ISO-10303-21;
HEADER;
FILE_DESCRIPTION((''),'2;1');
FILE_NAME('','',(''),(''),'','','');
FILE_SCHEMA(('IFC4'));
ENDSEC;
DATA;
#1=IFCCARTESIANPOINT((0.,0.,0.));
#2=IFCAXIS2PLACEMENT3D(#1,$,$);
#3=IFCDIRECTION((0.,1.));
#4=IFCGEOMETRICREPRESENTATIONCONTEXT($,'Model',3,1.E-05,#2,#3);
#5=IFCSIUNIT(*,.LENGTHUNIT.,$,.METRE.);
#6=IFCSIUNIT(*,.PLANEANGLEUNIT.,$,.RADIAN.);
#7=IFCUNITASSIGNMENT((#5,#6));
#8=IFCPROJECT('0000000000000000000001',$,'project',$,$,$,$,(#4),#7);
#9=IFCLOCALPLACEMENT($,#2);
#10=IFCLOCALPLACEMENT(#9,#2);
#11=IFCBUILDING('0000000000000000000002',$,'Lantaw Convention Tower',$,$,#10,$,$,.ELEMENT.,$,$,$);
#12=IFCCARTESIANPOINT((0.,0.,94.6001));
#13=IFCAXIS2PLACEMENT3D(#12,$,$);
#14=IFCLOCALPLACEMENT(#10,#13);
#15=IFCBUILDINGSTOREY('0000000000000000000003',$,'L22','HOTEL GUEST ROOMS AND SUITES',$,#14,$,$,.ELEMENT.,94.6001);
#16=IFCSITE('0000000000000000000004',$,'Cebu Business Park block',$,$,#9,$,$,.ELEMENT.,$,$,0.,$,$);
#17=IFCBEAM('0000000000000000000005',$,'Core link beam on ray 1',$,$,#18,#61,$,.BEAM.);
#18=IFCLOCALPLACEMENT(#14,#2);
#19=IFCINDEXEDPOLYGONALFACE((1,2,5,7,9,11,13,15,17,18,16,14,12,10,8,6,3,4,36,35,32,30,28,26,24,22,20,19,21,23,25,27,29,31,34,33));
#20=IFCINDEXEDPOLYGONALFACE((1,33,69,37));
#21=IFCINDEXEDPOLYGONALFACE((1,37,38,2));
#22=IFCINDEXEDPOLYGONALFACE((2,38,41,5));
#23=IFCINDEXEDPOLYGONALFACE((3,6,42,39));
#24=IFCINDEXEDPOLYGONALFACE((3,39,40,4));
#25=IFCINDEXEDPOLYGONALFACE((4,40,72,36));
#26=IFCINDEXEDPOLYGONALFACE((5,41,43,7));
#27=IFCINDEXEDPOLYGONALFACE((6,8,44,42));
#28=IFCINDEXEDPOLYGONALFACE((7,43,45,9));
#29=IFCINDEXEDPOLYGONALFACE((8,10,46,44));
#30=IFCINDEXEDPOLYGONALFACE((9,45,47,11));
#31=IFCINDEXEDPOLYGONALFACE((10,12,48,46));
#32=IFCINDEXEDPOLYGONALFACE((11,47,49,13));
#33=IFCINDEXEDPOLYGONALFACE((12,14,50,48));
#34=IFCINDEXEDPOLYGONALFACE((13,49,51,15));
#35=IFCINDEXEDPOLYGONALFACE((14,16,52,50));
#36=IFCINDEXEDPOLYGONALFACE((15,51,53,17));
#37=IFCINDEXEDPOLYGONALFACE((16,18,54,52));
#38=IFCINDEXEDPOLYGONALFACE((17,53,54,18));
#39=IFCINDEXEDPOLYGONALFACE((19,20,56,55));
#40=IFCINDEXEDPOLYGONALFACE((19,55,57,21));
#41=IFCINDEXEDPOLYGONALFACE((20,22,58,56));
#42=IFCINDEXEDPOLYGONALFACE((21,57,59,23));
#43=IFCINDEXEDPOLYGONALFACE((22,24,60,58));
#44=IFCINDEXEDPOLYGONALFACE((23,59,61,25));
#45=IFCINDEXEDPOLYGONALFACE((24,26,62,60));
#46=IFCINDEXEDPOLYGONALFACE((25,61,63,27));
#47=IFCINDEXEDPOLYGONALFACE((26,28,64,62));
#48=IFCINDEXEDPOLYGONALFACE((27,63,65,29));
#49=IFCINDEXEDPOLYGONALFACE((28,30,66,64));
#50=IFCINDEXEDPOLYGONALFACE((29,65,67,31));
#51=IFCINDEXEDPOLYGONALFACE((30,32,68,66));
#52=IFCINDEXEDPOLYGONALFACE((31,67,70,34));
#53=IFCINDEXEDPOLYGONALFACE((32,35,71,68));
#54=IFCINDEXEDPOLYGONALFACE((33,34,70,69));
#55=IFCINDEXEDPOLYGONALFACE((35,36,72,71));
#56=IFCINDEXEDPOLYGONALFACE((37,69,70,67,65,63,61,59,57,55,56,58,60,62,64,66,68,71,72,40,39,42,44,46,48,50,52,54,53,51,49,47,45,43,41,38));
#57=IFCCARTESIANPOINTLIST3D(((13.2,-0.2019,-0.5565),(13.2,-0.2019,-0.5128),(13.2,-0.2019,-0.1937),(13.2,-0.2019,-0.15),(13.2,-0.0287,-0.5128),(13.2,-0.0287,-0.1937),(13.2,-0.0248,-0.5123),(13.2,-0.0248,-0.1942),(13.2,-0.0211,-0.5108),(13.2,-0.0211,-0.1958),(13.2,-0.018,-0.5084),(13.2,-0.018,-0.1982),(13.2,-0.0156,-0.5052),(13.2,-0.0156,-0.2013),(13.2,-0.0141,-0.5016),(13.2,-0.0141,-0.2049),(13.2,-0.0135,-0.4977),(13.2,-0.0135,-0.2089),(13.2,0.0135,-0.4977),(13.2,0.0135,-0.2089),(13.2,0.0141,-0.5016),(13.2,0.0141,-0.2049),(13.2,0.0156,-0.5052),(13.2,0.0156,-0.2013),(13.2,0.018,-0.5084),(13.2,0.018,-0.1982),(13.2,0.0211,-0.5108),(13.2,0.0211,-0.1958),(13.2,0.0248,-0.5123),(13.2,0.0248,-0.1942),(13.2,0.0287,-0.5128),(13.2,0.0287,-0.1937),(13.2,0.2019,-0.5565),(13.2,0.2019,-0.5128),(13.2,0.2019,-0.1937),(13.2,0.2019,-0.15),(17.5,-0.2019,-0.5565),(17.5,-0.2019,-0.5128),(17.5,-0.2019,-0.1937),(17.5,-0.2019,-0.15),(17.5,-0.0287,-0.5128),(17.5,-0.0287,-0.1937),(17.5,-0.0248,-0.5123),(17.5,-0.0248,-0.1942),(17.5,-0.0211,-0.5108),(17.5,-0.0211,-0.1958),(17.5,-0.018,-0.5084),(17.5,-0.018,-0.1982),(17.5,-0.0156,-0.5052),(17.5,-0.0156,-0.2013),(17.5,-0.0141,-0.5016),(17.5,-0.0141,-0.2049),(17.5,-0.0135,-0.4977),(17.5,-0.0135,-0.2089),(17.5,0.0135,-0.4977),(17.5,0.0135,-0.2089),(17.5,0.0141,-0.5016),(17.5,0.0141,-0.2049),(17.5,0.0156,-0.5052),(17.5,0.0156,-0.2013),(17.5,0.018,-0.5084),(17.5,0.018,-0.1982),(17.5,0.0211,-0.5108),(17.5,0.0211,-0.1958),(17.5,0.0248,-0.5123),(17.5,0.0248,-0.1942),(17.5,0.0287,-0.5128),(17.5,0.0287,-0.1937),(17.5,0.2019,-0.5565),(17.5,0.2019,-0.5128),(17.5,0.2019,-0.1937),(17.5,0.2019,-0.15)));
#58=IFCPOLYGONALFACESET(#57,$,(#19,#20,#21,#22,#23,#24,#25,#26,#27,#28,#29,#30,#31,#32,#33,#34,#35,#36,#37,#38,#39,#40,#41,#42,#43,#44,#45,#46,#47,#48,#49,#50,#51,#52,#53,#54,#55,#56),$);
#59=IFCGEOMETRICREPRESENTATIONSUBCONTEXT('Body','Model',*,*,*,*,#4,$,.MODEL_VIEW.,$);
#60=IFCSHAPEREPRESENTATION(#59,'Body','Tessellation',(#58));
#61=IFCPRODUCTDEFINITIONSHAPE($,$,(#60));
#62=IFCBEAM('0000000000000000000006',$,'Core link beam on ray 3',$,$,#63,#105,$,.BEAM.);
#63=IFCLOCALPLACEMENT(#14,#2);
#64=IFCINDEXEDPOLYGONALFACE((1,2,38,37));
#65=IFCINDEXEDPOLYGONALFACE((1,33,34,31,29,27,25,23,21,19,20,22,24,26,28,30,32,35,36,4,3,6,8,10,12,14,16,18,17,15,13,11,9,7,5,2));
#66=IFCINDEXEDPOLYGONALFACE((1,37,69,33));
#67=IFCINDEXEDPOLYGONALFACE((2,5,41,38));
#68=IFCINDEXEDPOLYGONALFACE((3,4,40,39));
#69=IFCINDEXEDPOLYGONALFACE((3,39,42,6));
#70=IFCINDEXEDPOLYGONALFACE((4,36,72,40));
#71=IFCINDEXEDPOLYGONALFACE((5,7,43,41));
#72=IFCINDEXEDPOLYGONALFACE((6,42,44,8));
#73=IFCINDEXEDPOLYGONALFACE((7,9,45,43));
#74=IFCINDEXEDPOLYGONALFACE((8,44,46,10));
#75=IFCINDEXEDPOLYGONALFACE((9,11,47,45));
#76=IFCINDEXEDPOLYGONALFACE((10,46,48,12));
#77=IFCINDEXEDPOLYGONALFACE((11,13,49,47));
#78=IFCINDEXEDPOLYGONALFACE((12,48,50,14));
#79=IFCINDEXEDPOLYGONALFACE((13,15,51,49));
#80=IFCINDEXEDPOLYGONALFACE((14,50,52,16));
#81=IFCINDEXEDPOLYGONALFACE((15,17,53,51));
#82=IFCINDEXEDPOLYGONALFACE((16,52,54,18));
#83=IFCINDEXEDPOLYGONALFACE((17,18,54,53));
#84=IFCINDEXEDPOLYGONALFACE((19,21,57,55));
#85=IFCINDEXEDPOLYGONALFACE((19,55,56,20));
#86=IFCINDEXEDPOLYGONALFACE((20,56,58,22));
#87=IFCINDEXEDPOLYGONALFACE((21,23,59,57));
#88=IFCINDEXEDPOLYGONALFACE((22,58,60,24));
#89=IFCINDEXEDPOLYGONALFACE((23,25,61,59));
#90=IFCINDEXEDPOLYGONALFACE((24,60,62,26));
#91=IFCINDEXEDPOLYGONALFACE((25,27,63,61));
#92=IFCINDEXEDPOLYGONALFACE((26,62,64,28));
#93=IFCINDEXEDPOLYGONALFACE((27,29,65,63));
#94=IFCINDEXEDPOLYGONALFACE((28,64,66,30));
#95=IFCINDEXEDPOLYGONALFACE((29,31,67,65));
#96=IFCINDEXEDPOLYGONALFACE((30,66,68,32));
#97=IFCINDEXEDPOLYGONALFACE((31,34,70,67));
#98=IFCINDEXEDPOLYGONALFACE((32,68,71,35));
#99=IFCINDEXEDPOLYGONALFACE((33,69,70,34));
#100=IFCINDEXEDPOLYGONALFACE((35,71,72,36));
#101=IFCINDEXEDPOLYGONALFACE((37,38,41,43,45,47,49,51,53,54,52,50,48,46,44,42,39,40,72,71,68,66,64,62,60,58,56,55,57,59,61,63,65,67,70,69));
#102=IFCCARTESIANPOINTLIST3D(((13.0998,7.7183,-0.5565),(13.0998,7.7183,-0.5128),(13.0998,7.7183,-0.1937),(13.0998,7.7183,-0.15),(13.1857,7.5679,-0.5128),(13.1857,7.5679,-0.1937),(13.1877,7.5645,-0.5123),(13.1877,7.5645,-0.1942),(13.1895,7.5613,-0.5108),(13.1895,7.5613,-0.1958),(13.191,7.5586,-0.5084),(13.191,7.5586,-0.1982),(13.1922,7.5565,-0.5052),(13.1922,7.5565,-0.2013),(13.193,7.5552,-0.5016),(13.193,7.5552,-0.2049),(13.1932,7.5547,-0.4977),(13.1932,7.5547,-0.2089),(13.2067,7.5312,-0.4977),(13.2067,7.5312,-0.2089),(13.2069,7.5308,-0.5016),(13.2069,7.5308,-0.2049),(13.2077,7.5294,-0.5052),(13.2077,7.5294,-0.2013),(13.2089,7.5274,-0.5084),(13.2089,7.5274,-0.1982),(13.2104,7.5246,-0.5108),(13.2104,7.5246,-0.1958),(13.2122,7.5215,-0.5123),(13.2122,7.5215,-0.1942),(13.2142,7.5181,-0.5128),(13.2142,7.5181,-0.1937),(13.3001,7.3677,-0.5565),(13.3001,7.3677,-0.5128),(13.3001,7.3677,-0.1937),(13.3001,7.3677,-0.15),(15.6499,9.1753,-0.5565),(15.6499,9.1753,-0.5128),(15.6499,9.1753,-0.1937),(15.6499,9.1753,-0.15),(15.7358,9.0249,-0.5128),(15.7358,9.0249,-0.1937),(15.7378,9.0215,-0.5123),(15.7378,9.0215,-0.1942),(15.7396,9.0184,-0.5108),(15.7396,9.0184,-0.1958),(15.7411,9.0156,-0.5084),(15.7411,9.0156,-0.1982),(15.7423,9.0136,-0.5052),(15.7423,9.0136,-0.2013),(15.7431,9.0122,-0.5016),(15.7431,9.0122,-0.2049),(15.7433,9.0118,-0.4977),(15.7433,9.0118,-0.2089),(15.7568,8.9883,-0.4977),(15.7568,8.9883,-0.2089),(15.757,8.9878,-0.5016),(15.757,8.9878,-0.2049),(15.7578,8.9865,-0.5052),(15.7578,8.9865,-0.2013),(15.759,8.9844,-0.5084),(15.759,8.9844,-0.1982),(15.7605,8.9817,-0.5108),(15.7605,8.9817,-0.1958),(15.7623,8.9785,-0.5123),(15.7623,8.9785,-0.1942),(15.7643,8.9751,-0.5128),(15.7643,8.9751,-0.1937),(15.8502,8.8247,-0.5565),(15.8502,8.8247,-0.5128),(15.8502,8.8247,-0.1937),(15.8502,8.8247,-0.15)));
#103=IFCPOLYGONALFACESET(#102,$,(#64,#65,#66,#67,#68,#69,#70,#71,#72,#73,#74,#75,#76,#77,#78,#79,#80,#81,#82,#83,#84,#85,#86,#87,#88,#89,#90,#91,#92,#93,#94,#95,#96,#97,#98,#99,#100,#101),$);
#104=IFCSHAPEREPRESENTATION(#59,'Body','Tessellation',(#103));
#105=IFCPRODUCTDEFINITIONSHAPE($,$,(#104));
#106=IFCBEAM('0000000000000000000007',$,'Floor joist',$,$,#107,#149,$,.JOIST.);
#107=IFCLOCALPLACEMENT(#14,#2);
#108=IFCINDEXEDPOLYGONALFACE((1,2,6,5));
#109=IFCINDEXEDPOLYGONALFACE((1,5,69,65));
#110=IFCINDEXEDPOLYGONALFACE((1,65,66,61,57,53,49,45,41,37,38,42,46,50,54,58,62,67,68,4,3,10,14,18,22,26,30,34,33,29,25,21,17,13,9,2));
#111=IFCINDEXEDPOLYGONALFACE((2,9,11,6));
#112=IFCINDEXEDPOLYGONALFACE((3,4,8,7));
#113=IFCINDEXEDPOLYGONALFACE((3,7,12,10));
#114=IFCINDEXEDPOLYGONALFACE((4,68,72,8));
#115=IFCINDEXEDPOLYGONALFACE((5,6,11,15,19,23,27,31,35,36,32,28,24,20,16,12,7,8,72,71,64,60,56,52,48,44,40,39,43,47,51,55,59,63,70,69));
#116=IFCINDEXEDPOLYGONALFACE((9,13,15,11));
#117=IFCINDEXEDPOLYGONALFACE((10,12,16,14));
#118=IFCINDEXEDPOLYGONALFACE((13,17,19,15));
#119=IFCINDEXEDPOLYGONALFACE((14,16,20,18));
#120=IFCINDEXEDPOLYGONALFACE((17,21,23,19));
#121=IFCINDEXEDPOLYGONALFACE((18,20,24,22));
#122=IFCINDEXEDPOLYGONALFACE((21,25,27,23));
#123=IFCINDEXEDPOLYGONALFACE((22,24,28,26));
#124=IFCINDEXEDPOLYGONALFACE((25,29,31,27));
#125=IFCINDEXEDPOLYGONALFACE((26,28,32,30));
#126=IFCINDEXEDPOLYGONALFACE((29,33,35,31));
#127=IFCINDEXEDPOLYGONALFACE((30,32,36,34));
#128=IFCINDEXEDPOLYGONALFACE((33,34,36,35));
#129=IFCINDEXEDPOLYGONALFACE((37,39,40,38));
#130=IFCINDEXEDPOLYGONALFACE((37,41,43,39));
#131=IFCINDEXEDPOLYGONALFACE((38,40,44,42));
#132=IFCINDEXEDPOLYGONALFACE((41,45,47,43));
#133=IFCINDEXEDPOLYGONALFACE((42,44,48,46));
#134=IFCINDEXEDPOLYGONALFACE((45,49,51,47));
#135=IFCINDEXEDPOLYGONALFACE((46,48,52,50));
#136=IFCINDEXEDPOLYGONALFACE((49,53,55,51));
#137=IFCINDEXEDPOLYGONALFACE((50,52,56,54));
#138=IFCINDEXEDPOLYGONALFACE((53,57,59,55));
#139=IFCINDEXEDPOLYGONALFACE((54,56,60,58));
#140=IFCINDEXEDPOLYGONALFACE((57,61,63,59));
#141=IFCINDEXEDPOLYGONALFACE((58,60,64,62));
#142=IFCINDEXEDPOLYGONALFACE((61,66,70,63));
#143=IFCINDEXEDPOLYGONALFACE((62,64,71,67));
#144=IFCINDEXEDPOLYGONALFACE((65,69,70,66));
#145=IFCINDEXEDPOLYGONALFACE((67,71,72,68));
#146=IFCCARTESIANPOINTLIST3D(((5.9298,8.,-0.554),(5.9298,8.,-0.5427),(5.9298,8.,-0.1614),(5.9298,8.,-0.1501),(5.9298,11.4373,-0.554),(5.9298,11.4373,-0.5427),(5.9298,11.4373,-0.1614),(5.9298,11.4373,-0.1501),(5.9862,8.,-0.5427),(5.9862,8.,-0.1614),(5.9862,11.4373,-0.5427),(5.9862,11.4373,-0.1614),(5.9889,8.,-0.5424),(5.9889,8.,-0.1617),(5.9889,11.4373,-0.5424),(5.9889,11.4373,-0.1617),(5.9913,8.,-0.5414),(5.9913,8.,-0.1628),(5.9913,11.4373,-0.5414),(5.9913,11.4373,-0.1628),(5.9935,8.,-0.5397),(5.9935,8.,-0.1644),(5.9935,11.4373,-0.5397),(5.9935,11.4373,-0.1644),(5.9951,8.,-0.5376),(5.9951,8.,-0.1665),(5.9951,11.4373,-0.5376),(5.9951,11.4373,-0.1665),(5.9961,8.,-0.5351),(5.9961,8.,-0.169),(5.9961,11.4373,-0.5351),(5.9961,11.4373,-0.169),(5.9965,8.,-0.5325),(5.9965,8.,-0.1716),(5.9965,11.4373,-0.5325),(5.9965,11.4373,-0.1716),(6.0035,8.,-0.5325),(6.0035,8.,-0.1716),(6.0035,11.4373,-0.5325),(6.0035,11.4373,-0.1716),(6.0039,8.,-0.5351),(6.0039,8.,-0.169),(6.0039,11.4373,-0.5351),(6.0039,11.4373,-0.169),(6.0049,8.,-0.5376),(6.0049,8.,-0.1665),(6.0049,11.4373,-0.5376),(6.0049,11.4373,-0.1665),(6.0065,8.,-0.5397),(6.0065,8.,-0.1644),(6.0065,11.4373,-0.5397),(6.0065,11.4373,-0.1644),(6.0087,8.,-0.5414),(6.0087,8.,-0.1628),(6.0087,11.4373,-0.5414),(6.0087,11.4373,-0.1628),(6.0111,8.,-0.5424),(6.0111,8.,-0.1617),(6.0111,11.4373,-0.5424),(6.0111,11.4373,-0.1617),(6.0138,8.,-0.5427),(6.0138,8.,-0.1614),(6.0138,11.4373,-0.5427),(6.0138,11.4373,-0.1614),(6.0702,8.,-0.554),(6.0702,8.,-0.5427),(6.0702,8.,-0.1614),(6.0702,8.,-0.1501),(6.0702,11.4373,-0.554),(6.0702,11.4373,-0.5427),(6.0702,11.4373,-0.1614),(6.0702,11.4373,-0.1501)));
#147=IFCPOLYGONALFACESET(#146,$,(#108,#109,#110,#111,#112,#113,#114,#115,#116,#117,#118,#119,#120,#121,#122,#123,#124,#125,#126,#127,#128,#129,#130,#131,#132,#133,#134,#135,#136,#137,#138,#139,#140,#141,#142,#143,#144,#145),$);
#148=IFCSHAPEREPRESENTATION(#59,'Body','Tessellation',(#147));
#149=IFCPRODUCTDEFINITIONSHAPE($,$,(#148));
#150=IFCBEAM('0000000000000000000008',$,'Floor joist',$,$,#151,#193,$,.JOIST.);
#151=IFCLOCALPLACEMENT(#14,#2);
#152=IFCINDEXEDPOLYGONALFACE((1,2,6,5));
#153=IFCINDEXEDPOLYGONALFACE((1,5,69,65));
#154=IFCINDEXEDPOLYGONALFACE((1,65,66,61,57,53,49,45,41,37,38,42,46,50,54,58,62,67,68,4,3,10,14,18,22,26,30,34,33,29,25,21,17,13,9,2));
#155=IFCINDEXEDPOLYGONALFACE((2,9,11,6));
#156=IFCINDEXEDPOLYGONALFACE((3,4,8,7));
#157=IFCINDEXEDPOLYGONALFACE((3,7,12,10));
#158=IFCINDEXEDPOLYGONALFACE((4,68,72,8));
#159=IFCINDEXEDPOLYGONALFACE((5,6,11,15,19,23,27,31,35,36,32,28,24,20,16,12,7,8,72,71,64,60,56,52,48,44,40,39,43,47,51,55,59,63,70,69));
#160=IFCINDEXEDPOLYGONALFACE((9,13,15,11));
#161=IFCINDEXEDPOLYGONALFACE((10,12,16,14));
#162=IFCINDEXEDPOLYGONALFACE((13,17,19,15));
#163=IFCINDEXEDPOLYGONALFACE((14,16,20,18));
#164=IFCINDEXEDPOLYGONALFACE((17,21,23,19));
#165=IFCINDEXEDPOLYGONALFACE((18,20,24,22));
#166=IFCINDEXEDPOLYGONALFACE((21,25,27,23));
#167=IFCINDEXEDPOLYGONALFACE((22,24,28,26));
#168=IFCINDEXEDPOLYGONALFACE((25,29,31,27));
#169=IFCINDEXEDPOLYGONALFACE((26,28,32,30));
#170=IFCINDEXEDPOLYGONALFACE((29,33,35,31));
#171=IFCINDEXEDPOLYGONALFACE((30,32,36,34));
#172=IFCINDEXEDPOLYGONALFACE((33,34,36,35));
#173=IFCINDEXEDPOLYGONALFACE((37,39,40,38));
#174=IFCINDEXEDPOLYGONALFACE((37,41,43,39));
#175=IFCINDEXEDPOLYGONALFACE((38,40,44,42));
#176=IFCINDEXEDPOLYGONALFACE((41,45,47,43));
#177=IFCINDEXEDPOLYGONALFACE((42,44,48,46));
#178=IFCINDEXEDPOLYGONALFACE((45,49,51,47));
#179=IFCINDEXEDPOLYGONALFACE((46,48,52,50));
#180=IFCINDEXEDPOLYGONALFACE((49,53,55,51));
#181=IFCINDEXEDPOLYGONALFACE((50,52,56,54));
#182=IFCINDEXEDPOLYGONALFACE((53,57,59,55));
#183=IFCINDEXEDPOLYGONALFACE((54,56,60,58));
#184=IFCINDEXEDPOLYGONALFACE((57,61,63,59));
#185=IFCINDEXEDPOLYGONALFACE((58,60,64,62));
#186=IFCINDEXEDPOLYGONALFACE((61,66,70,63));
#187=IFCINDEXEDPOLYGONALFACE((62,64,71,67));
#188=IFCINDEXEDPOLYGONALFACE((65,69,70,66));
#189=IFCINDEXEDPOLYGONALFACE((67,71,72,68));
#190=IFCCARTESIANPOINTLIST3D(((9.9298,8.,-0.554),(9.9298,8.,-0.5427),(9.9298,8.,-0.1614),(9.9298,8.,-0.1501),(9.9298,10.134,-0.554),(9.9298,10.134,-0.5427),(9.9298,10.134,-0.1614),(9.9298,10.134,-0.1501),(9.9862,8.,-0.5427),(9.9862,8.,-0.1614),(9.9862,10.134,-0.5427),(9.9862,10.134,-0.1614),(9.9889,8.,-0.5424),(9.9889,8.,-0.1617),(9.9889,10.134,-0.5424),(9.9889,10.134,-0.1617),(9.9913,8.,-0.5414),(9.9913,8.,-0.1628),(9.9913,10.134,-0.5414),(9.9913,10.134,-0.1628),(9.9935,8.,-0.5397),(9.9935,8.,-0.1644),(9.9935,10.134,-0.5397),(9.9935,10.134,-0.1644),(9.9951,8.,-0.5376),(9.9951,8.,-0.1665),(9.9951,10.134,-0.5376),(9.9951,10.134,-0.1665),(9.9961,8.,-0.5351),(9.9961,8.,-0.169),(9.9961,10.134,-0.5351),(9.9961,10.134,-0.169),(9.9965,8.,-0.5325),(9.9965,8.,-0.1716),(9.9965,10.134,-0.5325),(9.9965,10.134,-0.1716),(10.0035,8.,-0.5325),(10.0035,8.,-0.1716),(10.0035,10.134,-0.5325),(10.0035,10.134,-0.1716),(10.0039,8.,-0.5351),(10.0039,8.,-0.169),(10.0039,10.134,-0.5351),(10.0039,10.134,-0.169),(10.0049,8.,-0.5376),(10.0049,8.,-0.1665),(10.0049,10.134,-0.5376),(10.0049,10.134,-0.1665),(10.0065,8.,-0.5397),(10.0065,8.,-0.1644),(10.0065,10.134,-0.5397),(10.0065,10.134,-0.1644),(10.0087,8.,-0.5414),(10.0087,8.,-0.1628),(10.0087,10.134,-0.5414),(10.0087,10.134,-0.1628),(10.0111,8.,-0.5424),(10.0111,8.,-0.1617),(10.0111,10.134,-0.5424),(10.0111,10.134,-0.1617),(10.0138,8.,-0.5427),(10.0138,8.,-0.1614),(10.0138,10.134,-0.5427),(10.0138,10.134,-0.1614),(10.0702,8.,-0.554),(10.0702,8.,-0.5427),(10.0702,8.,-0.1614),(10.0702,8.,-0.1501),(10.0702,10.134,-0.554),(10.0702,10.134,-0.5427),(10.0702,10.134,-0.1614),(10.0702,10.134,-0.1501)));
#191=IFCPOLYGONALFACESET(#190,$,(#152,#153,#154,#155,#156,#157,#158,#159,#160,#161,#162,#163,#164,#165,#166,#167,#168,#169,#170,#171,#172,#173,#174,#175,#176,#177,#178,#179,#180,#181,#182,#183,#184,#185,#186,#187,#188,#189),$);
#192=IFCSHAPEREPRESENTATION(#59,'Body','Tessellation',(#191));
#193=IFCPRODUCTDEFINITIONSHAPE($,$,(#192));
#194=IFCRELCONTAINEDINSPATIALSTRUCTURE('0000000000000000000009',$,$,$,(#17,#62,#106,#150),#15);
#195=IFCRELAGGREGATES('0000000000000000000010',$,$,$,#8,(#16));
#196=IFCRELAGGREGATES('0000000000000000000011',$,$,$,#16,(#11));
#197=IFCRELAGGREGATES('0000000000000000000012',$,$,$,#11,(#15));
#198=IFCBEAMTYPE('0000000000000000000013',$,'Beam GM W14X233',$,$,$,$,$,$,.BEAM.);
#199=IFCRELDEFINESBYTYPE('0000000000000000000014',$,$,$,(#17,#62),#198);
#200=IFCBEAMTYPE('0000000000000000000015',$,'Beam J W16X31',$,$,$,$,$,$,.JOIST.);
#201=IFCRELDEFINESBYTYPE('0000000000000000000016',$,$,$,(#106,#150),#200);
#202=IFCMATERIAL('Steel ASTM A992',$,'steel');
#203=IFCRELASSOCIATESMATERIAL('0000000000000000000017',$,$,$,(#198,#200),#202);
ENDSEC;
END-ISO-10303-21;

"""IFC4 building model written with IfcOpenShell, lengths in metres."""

from ifc_helpers import new_model, si_unit, direction, frame, origin, origin_2d, place, context, subcontext, project, spatial, i_section, extrude, material, material_profile, profile_set, type_object, element, save


model = new_model("IFC4")

# Units and contexts
model_context = context("Model", 3, precision=1e-05, world=origin(), true_north=direction((0.0, 1.0)))
body_context = subcontext(model_context, "Body", "Model", "MODEL_VIEW")
ifc_project = project(units=[si_unit("LENGTHUNIT", "METRE"), si_unit("PLANEANGLEUNIT", "RADIAN")], contexts=[model_context])

# Site, building, storey
site_placement = place(None, origin())
site = spatial("IfcSite", under=ifc_project, at=site_placement, Name="Cebu Business Park block", CompositionType="ELEMENT", RefElevation=0.0)
building_placement = place(site_placement, origin())
building = spatial("IfcBuilding", under=site, at=building_placement, Name="Lantaw Convention Tower", CompositionType="ELEMENT")
storey_placement = place(building_placement, frame((0.0, 0.0, 94.6001)))
storey = spatial("IfcBuildingStorey", under=building, at=storey_placement, Name="L22", Description="HOTEL GUEST ROOMS AND SUITES", CompositionType="ELEMENT", Elevation=94.6001)

# Beams
ifc_material_1 = material(Name="Steel ASTM A992", Category="steel")
ifc_material_profile_1 = material_profile(ifc_material_1, i_section(OverallWidth=0.4038, OverallDepth=0.4065, WebThickness=0.0271, FlangeThickness=0.0437, FilletRadius=0.0151, at=origin_2d()), Name="W14X233")
ifc_profile_set_1 = profile_set([ifc_material_profile_1], Name="Steel ASTM A992")
beam_type_1 = type_object("IfcBeamType", Name="Beam GM W14X233", PredefinedType="BEAM", material=ifc_profile_set_1)
beam_1_placement = place(storey_placement, frame((13.2, 0.0, -0.3533), z_axis=(1.0, 0.0, 0.0), x_axis=(0.0, 1.0, 0.0)))
element("IfcBeam", 1, at=beam_1_placement, inside=storey, type_object=beam_type_1, Name="Core link beam on ray 1", PredefinedType="BEAM", context=body_context, shape_type="SweptSolid", body=[
    extrude(i_section(OverallWidth=0.4038, OverallDepth=0.4065, WebThickness=0.0271, FlangeThickness=0.0437, FilletRadius=0.0151, at=origin_2d()), origin(), (0.0, 0.0, 1.0), 4.3),
])
beam_2_placement = place(storey_placement, frame((13.2, 7.543, -0.3533), z_axis=(0.868264, 0.496103, 0.0), x_axis=(-0.496103, 0.868264, 0.0)))
element("IfcBeam", 2, at=beam_2_placement, inside=storey, type_object=beam_type_1, Name="Core link beam on ray 3", PredefinedType="BEAM", context=body_context, shape_type="SweptSolid", body=[
    extrude(i_section(OverallWidth=0.4038, OverallDepth=0.4065, WebThickness=0.0271, FlangeThickness=0.0437, FilletRadius=0.0151, at=origin_2d()), origin(), (0.0, 0.0, 1.0), 2.937),
])
ifc_material_profile_2 = material_profile(ifc_material_1, i_section(OverallWidth=0.1404, OverallDepth=0.4038, WebThickness=0.0071, FlangeThickness=0.0112, FilletRadius=0.0103, at=origin_2d()), Name="W16X31")
ifc_profile_set_2 = profile_set([ifc_material_profile_2], Name="Steel ASTM A992")
beam_type_2 = type_object("IfcBeamType", Name="Beam J W16X31", PredefinedType="JOIST", material=ifc_profile_set_2)
beam_3_placement = place(storey_placement, frame((6.0, 8.0, -0.3521), z_axis=(0.0, 1.0, 0.0), x_axis=(-1.0, 0.0, 0.0)))
element("IfcBeam", 3, at=beam_3_placement, inside=storey, type_object=beam_type_2, Name="Floor joist", PredefinedType="JOIST", context=body_context, shape_type="SweptSolid", body=[
    extrude(i_section(OverallWidth=0.1404, OverallDepth=0.4038, WebThickness=0.0071, FlangeThickness=0.0112, FilletRadius=0.0103, at=origin_2d()), origin(), (0.0, 0.0, 1.0), 3.4373),
])
beam_4_placement = place(storey_placement, frame((10.0, 8.0, -0.3521), z_axis=(0.0, 1.0, 0.0), x_axis=(-1.0, 0.0, 0.0)))
element("IfcBeam", 4, at=beam_4_placement, inside=storey, type_object=beam_type_2, Name="Floor joist", PredefinedType="JOIST", context=body_context, shape_type="SweptSolid", body=[
    extrude(i_section(OverallWidth=0.1404, OverallDepth=0.4038, WebThickness=0.0071, FlangeThickness=0.0112, FilletRadius=0.0103, at=origin_2d()), origin(), (0.0, 0.0, 1.0), 2.134),
])

save(model, "model.ifc")
